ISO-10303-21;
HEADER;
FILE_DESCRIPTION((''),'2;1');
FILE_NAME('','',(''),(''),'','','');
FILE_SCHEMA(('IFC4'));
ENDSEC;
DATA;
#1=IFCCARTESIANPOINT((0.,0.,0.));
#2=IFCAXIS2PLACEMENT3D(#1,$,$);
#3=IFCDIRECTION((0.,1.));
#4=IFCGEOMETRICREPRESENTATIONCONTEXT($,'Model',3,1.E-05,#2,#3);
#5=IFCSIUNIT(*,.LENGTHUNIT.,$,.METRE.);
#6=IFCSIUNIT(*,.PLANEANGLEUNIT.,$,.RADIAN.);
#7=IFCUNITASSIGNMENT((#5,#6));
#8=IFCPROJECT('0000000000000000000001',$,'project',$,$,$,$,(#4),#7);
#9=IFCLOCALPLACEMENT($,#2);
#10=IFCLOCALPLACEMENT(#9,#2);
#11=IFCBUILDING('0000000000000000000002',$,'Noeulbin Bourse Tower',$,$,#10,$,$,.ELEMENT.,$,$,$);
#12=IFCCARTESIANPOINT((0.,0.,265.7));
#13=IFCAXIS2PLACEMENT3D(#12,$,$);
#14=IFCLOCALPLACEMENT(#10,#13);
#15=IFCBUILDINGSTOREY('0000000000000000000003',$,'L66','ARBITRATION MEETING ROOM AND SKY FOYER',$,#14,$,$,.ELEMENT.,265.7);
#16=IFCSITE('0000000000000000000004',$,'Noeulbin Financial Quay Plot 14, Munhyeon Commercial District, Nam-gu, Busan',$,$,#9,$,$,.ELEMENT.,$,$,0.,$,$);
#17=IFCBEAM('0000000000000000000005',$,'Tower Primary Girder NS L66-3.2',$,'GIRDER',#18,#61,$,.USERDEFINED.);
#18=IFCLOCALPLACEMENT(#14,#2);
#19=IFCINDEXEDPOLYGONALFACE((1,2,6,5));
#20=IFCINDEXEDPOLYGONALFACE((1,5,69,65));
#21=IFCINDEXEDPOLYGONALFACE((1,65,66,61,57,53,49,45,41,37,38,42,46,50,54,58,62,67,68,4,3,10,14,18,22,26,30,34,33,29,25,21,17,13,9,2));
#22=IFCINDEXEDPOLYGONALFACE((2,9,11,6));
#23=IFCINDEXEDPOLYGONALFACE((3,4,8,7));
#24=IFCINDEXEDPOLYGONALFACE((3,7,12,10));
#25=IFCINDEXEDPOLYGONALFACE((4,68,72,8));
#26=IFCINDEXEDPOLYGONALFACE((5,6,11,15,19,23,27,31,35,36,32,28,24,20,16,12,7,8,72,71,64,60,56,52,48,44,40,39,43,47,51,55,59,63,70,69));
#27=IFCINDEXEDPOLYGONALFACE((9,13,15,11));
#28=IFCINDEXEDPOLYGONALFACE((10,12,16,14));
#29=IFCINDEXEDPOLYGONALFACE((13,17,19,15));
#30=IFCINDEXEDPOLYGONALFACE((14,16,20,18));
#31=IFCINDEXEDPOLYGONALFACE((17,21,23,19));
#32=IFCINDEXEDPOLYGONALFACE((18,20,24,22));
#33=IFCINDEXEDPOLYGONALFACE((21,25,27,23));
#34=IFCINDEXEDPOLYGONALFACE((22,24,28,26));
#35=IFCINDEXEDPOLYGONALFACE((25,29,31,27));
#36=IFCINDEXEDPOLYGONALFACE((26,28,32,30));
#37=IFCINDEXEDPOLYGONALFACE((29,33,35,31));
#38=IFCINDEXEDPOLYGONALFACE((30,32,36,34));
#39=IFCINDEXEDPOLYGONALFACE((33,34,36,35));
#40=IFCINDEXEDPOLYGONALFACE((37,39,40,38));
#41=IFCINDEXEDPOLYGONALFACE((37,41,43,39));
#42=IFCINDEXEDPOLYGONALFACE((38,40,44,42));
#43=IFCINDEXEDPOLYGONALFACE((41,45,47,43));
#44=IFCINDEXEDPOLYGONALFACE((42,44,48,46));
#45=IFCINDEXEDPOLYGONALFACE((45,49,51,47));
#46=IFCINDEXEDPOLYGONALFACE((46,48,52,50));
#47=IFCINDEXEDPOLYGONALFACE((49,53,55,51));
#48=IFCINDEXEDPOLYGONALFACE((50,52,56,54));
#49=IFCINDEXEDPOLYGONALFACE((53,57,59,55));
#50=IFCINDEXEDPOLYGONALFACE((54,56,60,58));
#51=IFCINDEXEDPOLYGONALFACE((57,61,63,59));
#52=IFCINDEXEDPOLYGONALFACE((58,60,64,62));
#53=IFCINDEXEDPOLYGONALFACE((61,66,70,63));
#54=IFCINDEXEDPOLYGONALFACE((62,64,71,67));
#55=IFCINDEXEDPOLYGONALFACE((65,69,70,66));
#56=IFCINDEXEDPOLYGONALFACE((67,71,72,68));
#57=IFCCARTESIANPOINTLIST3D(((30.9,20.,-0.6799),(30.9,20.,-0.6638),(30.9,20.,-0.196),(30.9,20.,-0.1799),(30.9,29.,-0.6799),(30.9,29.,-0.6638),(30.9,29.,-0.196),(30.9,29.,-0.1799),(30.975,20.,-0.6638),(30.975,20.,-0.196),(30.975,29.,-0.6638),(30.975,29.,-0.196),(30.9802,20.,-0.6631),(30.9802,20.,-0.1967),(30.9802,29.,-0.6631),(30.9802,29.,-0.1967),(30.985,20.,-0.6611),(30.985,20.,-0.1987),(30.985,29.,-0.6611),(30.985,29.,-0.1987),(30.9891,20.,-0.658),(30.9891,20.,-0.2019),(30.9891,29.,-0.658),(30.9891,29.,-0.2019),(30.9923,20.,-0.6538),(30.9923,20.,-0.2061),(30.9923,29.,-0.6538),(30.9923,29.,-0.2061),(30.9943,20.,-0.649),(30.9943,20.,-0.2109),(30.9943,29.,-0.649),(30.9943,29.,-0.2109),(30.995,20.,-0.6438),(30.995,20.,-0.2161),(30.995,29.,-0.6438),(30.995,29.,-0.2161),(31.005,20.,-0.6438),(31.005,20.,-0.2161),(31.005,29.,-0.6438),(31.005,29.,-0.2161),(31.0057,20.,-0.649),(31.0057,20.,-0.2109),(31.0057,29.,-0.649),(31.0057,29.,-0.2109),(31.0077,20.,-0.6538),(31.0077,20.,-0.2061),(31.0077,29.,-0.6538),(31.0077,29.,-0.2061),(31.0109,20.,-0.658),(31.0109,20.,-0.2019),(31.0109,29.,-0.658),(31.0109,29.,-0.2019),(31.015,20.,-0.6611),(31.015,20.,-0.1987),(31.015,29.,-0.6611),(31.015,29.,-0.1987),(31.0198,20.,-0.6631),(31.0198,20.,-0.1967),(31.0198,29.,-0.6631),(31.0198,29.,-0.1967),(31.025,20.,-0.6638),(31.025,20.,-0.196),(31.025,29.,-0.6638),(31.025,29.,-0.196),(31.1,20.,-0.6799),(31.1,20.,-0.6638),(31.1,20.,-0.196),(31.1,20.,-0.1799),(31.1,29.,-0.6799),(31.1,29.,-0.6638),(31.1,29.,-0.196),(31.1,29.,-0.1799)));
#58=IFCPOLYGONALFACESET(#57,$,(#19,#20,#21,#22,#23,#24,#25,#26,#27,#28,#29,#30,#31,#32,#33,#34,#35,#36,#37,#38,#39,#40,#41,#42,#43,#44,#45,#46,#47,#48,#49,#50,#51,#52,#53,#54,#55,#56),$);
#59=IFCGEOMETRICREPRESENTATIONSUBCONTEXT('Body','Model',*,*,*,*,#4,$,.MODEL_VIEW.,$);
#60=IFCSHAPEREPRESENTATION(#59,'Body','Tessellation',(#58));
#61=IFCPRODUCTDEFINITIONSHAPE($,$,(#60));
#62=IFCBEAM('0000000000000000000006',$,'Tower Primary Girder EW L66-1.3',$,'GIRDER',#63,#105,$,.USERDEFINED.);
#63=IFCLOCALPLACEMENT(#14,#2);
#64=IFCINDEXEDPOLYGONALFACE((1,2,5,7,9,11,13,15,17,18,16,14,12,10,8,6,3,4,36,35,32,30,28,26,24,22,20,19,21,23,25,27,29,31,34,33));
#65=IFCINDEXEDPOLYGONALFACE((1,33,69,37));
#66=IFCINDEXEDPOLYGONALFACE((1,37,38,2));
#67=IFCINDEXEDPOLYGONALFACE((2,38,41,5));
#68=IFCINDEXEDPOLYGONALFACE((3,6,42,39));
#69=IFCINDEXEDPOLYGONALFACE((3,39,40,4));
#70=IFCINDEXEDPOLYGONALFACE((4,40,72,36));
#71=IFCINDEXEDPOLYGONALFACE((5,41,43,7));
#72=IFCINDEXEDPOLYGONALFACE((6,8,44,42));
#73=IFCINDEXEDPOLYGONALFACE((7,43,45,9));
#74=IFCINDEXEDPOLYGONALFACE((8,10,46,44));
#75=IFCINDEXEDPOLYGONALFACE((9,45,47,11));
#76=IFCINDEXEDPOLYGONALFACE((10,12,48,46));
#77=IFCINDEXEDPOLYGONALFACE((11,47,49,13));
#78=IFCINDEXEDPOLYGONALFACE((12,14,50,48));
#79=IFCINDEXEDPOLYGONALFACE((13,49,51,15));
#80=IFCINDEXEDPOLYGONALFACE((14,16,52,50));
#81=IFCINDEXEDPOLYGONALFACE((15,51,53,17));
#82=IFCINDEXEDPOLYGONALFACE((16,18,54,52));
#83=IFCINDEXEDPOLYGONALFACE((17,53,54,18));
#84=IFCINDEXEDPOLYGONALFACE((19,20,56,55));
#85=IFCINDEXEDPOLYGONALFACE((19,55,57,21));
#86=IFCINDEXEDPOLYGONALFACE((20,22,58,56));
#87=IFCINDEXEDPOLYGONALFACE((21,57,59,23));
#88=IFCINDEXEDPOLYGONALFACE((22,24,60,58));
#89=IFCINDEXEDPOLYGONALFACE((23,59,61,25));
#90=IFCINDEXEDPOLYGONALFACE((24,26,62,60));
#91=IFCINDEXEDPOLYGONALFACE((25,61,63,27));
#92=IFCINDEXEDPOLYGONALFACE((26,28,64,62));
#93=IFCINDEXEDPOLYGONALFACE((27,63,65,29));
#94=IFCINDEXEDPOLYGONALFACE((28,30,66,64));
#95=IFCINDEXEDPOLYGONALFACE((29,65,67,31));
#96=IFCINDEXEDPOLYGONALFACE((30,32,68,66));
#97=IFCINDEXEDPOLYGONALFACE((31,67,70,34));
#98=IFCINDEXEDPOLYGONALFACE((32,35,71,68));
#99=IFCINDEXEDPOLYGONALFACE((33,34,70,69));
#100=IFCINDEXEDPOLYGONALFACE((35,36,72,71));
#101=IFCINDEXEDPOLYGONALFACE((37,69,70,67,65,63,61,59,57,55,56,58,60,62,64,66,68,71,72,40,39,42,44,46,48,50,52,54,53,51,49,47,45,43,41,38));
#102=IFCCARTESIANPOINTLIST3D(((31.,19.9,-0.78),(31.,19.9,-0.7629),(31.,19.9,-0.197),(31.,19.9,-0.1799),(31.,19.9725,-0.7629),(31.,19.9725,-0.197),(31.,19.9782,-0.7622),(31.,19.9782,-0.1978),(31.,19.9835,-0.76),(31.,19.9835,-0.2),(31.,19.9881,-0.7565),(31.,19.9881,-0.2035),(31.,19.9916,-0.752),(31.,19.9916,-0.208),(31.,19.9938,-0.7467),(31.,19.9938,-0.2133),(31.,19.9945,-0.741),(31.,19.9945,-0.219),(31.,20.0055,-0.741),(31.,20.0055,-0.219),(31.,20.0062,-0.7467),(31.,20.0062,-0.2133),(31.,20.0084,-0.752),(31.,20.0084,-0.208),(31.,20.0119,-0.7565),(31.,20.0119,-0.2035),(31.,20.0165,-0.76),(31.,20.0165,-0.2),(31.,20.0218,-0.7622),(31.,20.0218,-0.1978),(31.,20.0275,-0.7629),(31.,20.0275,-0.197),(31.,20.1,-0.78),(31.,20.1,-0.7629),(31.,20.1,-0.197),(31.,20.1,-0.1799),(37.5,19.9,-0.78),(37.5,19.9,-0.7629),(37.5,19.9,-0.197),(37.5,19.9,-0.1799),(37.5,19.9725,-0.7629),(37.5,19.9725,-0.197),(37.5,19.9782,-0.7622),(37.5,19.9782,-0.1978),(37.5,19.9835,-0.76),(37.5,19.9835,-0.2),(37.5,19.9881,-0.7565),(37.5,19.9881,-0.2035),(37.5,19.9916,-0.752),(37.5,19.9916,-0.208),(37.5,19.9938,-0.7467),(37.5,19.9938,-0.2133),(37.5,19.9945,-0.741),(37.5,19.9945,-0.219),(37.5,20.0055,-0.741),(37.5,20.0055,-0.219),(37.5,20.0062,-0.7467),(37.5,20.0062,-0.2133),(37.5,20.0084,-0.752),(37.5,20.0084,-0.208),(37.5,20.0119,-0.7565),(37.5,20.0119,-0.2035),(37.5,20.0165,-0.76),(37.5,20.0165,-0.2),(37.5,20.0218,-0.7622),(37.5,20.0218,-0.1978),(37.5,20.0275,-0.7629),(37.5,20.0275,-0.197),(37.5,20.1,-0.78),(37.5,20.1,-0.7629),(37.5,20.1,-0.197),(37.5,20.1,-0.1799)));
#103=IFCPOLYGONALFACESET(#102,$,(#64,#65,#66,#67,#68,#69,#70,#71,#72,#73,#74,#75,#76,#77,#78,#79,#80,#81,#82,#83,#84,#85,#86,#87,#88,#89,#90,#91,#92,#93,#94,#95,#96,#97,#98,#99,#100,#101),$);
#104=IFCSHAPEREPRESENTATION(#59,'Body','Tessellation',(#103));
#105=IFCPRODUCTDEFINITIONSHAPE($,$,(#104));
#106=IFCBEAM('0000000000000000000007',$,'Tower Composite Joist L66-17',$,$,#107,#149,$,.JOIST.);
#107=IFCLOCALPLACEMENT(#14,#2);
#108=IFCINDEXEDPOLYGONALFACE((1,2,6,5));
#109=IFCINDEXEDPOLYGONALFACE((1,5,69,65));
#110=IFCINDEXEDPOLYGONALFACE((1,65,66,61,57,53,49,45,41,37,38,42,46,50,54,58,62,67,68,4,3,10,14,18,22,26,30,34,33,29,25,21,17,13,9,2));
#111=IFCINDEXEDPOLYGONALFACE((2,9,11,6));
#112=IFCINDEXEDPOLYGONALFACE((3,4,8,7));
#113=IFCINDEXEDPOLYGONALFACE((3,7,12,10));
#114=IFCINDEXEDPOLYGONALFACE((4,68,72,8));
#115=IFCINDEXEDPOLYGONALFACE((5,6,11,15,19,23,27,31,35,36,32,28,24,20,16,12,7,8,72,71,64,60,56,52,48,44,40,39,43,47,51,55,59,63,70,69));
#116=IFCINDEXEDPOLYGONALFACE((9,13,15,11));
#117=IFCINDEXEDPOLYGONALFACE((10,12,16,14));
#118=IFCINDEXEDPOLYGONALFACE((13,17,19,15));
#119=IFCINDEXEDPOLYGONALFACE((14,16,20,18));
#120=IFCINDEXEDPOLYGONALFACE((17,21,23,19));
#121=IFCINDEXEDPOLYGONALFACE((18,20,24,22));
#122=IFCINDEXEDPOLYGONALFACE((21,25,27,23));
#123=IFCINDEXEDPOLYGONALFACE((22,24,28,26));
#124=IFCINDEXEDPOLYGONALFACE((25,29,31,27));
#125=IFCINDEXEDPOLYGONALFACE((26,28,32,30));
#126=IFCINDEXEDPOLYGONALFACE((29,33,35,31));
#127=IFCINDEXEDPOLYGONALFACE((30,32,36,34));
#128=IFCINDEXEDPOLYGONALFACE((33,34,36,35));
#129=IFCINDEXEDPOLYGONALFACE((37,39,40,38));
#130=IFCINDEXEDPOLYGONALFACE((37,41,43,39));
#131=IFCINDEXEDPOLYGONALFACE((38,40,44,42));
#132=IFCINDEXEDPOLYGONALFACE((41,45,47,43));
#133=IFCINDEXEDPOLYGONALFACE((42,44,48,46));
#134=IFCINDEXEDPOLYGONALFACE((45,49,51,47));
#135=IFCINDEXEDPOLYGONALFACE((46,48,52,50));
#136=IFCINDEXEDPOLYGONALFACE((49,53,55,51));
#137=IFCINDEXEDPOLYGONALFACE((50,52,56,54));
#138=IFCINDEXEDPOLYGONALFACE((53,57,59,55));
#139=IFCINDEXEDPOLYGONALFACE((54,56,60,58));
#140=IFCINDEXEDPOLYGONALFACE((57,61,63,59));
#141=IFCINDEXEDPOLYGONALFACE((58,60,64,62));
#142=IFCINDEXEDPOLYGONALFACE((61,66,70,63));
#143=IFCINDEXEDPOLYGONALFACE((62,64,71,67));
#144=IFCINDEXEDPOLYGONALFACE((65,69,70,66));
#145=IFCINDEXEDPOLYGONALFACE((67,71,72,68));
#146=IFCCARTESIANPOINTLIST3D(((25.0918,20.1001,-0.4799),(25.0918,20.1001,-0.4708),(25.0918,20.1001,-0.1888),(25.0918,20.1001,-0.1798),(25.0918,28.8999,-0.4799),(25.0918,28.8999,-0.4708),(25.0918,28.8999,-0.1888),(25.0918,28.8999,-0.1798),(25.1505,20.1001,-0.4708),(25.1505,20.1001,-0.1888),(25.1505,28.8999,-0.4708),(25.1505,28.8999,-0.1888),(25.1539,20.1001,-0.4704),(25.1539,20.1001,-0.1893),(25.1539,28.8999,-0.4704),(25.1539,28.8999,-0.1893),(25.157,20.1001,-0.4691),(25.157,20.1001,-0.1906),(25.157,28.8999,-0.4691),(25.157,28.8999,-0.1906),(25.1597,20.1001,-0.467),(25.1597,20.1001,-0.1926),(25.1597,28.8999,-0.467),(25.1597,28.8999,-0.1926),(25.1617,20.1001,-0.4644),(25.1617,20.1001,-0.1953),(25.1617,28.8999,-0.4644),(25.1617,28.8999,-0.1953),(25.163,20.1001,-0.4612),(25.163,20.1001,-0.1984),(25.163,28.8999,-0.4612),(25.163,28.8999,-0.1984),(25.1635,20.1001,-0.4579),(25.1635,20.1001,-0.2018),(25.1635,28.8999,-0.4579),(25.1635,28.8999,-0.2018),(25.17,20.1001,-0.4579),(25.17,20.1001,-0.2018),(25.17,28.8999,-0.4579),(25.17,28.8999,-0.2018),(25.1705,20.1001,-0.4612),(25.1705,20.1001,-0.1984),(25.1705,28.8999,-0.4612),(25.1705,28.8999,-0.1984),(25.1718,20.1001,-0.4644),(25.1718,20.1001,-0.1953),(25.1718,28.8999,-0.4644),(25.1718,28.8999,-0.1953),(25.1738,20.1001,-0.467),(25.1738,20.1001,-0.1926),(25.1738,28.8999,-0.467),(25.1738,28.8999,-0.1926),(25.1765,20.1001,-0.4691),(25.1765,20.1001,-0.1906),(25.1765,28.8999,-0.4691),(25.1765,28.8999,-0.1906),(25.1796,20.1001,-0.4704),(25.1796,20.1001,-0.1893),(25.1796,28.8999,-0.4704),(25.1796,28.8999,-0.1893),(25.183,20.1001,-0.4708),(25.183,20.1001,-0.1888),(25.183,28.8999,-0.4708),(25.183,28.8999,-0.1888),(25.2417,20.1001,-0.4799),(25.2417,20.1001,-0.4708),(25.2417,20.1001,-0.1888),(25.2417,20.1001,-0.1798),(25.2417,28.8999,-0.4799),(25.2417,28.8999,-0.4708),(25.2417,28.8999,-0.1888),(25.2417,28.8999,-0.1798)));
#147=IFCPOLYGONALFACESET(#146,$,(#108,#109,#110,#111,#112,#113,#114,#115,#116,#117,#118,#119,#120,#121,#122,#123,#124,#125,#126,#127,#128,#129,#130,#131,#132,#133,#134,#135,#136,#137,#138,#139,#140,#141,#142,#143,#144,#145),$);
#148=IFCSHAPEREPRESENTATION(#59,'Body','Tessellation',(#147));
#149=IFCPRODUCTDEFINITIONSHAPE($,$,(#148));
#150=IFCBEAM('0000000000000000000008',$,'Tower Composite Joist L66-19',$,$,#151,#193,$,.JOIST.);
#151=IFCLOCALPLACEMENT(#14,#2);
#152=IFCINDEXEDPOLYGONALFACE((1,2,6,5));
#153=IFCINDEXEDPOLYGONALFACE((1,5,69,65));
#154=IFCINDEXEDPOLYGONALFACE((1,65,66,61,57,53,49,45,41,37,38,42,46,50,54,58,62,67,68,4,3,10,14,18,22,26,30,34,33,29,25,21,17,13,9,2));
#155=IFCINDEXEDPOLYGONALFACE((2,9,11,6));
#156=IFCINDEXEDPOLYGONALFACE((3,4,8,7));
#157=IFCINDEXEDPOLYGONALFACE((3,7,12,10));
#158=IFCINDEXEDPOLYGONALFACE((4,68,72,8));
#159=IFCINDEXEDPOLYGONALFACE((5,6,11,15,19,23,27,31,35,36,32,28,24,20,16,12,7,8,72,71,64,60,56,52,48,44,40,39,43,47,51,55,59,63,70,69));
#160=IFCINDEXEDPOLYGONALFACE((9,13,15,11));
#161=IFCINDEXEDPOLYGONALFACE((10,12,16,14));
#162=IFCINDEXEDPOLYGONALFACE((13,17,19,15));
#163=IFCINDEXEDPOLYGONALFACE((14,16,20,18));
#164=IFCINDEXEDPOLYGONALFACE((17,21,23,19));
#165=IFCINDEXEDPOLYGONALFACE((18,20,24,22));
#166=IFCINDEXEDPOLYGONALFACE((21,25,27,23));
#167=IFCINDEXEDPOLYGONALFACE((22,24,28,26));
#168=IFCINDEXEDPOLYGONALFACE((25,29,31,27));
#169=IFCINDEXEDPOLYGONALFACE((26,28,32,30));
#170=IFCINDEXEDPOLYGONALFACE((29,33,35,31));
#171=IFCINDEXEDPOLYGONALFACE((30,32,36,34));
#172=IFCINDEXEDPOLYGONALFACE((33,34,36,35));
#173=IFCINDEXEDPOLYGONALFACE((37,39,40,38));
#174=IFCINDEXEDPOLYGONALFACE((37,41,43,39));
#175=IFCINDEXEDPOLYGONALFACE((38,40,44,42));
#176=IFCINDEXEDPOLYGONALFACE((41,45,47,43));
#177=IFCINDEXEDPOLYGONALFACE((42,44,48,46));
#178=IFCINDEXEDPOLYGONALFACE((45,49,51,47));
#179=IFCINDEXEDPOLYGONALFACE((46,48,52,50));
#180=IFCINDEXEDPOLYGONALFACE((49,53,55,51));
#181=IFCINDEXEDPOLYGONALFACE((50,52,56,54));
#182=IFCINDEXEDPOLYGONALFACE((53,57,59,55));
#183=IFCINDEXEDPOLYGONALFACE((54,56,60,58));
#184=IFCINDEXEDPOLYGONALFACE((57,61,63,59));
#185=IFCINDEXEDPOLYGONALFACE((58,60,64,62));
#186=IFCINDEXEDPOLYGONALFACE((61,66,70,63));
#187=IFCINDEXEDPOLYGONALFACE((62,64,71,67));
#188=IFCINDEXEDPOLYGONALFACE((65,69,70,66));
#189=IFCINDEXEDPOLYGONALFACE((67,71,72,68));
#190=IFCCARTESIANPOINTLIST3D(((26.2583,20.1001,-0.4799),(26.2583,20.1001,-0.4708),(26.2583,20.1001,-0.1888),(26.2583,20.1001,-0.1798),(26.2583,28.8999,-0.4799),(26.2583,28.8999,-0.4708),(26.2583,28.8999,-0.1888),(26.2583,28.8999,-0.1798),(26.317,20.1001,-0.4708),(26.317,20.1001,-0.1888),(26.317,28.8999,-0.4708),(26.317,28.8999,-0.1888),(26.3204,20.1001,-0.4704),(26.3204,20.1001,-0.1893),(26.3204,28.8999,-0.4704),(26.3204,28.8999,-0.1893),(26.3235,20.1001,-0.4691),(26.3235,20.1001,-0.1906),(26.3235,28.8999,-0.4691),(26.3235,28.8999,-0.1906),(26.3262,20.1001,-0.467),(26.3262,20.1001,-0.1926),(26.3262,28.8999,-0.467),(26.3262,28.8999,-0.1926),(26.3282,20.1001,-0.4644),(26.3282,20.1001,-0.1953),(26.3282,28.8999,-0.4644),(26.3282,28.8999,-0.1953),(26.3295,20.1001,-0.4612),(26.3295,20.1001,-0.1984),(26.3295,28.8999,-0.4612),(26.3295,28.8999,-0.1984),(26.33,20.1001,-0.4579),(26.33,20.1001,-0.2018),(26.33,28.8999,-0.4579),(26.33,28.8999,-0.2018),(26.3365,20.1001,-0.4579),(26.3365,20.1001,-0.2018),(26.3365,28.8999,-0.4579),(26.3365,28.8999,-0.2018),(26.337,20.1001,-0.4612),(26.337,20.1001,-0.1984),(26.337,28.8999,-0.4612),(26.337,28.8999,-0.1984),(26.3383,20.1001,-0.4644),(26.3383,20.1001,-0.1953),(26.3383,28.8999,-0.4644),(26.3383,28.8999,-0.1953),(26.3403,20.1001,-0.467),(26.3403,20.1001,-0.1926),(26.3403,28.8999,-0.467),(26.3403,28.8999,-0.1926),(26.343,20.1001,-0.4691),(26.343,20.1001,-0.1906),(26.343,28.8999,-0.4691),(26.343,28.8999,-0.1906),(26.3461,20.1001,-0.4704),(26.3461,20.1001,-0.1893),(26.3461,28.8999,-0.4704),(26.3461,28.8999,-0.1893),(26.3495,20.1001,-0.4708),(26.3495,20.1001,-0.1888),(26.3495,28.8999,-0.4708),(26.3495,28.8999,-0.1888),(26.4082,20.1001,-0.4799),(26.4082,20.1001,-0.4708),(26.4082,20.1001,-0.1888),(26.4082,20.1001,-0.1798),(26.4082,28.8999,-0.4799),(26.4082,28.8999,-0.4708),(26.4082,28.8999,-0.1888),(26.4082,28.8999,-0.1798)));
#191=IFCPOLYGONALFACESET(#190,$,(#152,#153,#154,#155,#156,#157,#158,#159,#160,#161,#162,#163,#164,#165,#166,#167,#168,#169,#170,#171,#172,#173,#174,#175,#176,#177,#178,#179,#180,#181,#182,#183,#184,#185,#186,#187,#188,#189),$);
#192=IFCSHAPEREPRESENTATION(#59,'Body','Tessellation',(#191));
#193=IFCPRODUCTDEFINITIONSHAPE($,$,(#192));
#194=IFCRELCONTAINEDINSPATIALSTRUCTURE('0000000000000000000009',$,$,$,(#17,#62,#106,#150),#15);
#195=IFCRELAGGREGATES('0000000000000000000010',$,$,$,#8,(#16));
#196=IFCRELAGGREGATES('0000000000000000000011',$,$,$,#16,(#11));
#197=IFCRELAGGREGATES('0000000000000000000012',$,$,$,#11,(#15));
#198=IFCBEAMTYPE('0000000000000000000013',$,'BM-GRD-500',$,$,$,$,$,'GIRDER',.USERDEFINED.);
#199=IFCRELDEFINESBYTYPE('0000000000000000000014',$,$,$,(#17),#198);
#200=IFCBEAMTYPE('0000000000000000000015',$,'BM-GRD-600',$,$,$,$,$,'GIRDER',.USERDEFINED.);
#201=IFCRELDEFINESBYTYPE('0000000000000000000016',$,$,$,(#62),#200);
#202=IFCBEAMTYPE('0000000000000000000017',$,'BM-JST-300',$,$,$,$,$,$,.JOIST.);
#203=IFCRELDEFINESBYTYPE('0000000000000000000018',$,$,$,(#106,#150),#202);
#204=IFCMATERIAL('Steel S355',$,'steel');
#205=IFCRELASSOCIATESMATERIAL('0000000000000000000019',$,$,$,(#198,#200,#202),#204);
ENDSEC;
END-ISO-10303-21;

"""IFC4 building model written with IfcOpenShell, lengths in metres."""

from ifc_helpers import new_model, si_unit, direction, frame, origin, origin_2d, place, context, subcontext, project, spatial, i_section, extrude, material, material_profile, profile_set, type_object, element, save


model = new_model("IFC4")

# Units and contexts
model_context = context("Model", 3, precision=1e-05, world=origin(), true_north=direction((0.0, 1.0)))
body_context = subcontext(model_context, "Body", "Model", "MODEL_VIEW")
ifc_project = project(units=[si_unit("LENGTHUNIT", "METRE"), si_unit("PLANEANGLEUNIT", "RADIAN")], contexts=[model_context])

# Site, building, storey
site_placement = place(None, origin())
site = spatial("IfcSite", under=ifc_project, at=site_placement, Name="Noeulbin Financial Quay Plot 14, Munhyeon Commercial District, Nam-gu, Busan", CompositionType="ELEMENT", RefElevation=0.0)
building_placement = place(site_placement, origin())
building = spatial("IfcBuilding", under=site, at=building_placement, Name="Noeulbin Bourse Tower", CompositionType="ELEMENT")
storey_placement = place(building_placement, frame((0.0, 0.0, 265.7)))
storey = spatial("IfcBuildingStorey", under=building, at=storey_placement, Name="L66", Description="ARBITRATION MEETING ROOM AND SKY FOYER", CompositionType="ELEMENT", Elevation=265.7)

# Shared definitions
ifc_material_1 = material(Name="Steel S355", Category="steel")

# Beams
ifc_material_profile_1 = material_profile(ifc_material_1, i_section(OverallWidth=0.2, OverallDepth=0.5, WebThickness=0.01, FlangeThickness=0.0161, FilletRadius=0.02, at=origin_2d()), Name="H-500x200x10x16", Category="LoadBearing")
ifc_profile_set_1 = profile_set([ifc_material_profile_1], Name="Steel S355")
beam_type_1 = type_object("IfcBeamType", Name="BM-GRD-500", ElementType="GIRDER", PredefinedType="USERDEFINED", material=ifc_profile_set_1)
beam_1_placement = place(storey_placement, frame((31.0, 20.0, -0.4299), z_axis=(0.0, 1.0, 0.0), x_axis=(-1.0, 0.0, 0.0)))
element("IfcBeam", 1, at=beam_1_placement, inside=storey, type_object=beam_type_1, Name="Tower Primary Girder NS L66-3.2", ObjectType="GIRDER", PredefinedType="USERDEFINED", context=body_context, shape_type="SweptSolid", body=[
    extrude(i_section(OverallWidth=0.2, OverallDepth=0.5, WebThickness=0.01, FlangeThickness=0.0161, FilletRadius=0.02, at=origin_2d()), origin(), (0.0, 0.0, 1.0), 9.0),
])
ifc_material_profile_2 = material_profile(ifc_material_1, i_section(OverallWidth=0.2, OverallDepth=0.6001, WebThickness=0.011, FlangeThickness=0.0171, FilletRadius=0.022, at=origin_2d()), Name="H-600x200x11x17", Category="LoadBearing")
ifc_profile_set_2 = profile_set([ifc_material_profile_2], Name="Steel S355")
beam_type_2 = type_object("IfcBeamType", Name="BM-GRD-600", ElementType="GIRDER", PredefinedType="USERDEFINED", material=ifc_profile_set_2)
beam_2_placement = place(storey_placement, frame((31.0, 20.0, -0.48), z_axis=(1.0, 0.0, 0.0), x_axis=(0.0, 1.0, 0.0)))
element("IfcBeam", 2, at=beam_2_placement, inside=storey, type_object=beam_type_2, Name="Tower Primary Girder EW L66-1.3", ObjectType="GIRDER", PredefinedType="USERDEFINED", context=body_context, shape_type="SweptSolid", body=[
    extrude(i_section(OverallWidth=0.2, OverallDepth=0.6001, WebThickness=0.011, FlangeThickness=0.0171, FilletRadius=0.022, at=origin_2d()), origin(), (0.0, 0.0, 1.0), 6.5),
])
ifc_material_profile_3 = material_profile(ifc_material_1, i_section(OverallWidth=0.1499, OverallDepth=0.3, WebThickness=0.0066, FlangeThickness=0.009, FilletRadius=0.0129, at=origin_2d()), Name="H-300x150x6.5x9", Category="LoadBearing")
ifc_profile_set_3 = profile_set([ifc_material_profile_3], Name="Steel S355")
beam_type_3 = type_object("IfcBeamType", Name="BM-JST-300", PredefinedType="JOIST", material=ifc_profile_set_3)
for number, where, z_axis, x_axis, name in (
    (3, (25.1667, 20.1001, -0.3298), (0.0, 1.0, 0.0), (-1.0, 0.0, 0.0), "Tower Composite Joist L66-17"),
    (4, (26.3333, 20.1001, -0.3298), (0.0, 1.0, 0.0), (-1.0, 0.0, 0.0), "Tower Composite Joist L66-19"),
):
    element("IfcBeam", number, at=place(storey_placement, frame(where, z_axis=z_axis, x_axis=x_axis)), inside=storey, type_object=beam_type_3, Name=name, PredefinedType="JOIST", context=body_context, shape_type="SweptSolid", body=[
        extrude(i_section(OverallWidth=0.1499, OverallDepth=0.3, WebThickness=0.0066, FlangeThickness=0.009, FilletRadius=0.0129, at=origin_2d()), origin(), (0.0, 0.0, 1.0), 8.7998),
    ])

save(model, "model.ifc")
